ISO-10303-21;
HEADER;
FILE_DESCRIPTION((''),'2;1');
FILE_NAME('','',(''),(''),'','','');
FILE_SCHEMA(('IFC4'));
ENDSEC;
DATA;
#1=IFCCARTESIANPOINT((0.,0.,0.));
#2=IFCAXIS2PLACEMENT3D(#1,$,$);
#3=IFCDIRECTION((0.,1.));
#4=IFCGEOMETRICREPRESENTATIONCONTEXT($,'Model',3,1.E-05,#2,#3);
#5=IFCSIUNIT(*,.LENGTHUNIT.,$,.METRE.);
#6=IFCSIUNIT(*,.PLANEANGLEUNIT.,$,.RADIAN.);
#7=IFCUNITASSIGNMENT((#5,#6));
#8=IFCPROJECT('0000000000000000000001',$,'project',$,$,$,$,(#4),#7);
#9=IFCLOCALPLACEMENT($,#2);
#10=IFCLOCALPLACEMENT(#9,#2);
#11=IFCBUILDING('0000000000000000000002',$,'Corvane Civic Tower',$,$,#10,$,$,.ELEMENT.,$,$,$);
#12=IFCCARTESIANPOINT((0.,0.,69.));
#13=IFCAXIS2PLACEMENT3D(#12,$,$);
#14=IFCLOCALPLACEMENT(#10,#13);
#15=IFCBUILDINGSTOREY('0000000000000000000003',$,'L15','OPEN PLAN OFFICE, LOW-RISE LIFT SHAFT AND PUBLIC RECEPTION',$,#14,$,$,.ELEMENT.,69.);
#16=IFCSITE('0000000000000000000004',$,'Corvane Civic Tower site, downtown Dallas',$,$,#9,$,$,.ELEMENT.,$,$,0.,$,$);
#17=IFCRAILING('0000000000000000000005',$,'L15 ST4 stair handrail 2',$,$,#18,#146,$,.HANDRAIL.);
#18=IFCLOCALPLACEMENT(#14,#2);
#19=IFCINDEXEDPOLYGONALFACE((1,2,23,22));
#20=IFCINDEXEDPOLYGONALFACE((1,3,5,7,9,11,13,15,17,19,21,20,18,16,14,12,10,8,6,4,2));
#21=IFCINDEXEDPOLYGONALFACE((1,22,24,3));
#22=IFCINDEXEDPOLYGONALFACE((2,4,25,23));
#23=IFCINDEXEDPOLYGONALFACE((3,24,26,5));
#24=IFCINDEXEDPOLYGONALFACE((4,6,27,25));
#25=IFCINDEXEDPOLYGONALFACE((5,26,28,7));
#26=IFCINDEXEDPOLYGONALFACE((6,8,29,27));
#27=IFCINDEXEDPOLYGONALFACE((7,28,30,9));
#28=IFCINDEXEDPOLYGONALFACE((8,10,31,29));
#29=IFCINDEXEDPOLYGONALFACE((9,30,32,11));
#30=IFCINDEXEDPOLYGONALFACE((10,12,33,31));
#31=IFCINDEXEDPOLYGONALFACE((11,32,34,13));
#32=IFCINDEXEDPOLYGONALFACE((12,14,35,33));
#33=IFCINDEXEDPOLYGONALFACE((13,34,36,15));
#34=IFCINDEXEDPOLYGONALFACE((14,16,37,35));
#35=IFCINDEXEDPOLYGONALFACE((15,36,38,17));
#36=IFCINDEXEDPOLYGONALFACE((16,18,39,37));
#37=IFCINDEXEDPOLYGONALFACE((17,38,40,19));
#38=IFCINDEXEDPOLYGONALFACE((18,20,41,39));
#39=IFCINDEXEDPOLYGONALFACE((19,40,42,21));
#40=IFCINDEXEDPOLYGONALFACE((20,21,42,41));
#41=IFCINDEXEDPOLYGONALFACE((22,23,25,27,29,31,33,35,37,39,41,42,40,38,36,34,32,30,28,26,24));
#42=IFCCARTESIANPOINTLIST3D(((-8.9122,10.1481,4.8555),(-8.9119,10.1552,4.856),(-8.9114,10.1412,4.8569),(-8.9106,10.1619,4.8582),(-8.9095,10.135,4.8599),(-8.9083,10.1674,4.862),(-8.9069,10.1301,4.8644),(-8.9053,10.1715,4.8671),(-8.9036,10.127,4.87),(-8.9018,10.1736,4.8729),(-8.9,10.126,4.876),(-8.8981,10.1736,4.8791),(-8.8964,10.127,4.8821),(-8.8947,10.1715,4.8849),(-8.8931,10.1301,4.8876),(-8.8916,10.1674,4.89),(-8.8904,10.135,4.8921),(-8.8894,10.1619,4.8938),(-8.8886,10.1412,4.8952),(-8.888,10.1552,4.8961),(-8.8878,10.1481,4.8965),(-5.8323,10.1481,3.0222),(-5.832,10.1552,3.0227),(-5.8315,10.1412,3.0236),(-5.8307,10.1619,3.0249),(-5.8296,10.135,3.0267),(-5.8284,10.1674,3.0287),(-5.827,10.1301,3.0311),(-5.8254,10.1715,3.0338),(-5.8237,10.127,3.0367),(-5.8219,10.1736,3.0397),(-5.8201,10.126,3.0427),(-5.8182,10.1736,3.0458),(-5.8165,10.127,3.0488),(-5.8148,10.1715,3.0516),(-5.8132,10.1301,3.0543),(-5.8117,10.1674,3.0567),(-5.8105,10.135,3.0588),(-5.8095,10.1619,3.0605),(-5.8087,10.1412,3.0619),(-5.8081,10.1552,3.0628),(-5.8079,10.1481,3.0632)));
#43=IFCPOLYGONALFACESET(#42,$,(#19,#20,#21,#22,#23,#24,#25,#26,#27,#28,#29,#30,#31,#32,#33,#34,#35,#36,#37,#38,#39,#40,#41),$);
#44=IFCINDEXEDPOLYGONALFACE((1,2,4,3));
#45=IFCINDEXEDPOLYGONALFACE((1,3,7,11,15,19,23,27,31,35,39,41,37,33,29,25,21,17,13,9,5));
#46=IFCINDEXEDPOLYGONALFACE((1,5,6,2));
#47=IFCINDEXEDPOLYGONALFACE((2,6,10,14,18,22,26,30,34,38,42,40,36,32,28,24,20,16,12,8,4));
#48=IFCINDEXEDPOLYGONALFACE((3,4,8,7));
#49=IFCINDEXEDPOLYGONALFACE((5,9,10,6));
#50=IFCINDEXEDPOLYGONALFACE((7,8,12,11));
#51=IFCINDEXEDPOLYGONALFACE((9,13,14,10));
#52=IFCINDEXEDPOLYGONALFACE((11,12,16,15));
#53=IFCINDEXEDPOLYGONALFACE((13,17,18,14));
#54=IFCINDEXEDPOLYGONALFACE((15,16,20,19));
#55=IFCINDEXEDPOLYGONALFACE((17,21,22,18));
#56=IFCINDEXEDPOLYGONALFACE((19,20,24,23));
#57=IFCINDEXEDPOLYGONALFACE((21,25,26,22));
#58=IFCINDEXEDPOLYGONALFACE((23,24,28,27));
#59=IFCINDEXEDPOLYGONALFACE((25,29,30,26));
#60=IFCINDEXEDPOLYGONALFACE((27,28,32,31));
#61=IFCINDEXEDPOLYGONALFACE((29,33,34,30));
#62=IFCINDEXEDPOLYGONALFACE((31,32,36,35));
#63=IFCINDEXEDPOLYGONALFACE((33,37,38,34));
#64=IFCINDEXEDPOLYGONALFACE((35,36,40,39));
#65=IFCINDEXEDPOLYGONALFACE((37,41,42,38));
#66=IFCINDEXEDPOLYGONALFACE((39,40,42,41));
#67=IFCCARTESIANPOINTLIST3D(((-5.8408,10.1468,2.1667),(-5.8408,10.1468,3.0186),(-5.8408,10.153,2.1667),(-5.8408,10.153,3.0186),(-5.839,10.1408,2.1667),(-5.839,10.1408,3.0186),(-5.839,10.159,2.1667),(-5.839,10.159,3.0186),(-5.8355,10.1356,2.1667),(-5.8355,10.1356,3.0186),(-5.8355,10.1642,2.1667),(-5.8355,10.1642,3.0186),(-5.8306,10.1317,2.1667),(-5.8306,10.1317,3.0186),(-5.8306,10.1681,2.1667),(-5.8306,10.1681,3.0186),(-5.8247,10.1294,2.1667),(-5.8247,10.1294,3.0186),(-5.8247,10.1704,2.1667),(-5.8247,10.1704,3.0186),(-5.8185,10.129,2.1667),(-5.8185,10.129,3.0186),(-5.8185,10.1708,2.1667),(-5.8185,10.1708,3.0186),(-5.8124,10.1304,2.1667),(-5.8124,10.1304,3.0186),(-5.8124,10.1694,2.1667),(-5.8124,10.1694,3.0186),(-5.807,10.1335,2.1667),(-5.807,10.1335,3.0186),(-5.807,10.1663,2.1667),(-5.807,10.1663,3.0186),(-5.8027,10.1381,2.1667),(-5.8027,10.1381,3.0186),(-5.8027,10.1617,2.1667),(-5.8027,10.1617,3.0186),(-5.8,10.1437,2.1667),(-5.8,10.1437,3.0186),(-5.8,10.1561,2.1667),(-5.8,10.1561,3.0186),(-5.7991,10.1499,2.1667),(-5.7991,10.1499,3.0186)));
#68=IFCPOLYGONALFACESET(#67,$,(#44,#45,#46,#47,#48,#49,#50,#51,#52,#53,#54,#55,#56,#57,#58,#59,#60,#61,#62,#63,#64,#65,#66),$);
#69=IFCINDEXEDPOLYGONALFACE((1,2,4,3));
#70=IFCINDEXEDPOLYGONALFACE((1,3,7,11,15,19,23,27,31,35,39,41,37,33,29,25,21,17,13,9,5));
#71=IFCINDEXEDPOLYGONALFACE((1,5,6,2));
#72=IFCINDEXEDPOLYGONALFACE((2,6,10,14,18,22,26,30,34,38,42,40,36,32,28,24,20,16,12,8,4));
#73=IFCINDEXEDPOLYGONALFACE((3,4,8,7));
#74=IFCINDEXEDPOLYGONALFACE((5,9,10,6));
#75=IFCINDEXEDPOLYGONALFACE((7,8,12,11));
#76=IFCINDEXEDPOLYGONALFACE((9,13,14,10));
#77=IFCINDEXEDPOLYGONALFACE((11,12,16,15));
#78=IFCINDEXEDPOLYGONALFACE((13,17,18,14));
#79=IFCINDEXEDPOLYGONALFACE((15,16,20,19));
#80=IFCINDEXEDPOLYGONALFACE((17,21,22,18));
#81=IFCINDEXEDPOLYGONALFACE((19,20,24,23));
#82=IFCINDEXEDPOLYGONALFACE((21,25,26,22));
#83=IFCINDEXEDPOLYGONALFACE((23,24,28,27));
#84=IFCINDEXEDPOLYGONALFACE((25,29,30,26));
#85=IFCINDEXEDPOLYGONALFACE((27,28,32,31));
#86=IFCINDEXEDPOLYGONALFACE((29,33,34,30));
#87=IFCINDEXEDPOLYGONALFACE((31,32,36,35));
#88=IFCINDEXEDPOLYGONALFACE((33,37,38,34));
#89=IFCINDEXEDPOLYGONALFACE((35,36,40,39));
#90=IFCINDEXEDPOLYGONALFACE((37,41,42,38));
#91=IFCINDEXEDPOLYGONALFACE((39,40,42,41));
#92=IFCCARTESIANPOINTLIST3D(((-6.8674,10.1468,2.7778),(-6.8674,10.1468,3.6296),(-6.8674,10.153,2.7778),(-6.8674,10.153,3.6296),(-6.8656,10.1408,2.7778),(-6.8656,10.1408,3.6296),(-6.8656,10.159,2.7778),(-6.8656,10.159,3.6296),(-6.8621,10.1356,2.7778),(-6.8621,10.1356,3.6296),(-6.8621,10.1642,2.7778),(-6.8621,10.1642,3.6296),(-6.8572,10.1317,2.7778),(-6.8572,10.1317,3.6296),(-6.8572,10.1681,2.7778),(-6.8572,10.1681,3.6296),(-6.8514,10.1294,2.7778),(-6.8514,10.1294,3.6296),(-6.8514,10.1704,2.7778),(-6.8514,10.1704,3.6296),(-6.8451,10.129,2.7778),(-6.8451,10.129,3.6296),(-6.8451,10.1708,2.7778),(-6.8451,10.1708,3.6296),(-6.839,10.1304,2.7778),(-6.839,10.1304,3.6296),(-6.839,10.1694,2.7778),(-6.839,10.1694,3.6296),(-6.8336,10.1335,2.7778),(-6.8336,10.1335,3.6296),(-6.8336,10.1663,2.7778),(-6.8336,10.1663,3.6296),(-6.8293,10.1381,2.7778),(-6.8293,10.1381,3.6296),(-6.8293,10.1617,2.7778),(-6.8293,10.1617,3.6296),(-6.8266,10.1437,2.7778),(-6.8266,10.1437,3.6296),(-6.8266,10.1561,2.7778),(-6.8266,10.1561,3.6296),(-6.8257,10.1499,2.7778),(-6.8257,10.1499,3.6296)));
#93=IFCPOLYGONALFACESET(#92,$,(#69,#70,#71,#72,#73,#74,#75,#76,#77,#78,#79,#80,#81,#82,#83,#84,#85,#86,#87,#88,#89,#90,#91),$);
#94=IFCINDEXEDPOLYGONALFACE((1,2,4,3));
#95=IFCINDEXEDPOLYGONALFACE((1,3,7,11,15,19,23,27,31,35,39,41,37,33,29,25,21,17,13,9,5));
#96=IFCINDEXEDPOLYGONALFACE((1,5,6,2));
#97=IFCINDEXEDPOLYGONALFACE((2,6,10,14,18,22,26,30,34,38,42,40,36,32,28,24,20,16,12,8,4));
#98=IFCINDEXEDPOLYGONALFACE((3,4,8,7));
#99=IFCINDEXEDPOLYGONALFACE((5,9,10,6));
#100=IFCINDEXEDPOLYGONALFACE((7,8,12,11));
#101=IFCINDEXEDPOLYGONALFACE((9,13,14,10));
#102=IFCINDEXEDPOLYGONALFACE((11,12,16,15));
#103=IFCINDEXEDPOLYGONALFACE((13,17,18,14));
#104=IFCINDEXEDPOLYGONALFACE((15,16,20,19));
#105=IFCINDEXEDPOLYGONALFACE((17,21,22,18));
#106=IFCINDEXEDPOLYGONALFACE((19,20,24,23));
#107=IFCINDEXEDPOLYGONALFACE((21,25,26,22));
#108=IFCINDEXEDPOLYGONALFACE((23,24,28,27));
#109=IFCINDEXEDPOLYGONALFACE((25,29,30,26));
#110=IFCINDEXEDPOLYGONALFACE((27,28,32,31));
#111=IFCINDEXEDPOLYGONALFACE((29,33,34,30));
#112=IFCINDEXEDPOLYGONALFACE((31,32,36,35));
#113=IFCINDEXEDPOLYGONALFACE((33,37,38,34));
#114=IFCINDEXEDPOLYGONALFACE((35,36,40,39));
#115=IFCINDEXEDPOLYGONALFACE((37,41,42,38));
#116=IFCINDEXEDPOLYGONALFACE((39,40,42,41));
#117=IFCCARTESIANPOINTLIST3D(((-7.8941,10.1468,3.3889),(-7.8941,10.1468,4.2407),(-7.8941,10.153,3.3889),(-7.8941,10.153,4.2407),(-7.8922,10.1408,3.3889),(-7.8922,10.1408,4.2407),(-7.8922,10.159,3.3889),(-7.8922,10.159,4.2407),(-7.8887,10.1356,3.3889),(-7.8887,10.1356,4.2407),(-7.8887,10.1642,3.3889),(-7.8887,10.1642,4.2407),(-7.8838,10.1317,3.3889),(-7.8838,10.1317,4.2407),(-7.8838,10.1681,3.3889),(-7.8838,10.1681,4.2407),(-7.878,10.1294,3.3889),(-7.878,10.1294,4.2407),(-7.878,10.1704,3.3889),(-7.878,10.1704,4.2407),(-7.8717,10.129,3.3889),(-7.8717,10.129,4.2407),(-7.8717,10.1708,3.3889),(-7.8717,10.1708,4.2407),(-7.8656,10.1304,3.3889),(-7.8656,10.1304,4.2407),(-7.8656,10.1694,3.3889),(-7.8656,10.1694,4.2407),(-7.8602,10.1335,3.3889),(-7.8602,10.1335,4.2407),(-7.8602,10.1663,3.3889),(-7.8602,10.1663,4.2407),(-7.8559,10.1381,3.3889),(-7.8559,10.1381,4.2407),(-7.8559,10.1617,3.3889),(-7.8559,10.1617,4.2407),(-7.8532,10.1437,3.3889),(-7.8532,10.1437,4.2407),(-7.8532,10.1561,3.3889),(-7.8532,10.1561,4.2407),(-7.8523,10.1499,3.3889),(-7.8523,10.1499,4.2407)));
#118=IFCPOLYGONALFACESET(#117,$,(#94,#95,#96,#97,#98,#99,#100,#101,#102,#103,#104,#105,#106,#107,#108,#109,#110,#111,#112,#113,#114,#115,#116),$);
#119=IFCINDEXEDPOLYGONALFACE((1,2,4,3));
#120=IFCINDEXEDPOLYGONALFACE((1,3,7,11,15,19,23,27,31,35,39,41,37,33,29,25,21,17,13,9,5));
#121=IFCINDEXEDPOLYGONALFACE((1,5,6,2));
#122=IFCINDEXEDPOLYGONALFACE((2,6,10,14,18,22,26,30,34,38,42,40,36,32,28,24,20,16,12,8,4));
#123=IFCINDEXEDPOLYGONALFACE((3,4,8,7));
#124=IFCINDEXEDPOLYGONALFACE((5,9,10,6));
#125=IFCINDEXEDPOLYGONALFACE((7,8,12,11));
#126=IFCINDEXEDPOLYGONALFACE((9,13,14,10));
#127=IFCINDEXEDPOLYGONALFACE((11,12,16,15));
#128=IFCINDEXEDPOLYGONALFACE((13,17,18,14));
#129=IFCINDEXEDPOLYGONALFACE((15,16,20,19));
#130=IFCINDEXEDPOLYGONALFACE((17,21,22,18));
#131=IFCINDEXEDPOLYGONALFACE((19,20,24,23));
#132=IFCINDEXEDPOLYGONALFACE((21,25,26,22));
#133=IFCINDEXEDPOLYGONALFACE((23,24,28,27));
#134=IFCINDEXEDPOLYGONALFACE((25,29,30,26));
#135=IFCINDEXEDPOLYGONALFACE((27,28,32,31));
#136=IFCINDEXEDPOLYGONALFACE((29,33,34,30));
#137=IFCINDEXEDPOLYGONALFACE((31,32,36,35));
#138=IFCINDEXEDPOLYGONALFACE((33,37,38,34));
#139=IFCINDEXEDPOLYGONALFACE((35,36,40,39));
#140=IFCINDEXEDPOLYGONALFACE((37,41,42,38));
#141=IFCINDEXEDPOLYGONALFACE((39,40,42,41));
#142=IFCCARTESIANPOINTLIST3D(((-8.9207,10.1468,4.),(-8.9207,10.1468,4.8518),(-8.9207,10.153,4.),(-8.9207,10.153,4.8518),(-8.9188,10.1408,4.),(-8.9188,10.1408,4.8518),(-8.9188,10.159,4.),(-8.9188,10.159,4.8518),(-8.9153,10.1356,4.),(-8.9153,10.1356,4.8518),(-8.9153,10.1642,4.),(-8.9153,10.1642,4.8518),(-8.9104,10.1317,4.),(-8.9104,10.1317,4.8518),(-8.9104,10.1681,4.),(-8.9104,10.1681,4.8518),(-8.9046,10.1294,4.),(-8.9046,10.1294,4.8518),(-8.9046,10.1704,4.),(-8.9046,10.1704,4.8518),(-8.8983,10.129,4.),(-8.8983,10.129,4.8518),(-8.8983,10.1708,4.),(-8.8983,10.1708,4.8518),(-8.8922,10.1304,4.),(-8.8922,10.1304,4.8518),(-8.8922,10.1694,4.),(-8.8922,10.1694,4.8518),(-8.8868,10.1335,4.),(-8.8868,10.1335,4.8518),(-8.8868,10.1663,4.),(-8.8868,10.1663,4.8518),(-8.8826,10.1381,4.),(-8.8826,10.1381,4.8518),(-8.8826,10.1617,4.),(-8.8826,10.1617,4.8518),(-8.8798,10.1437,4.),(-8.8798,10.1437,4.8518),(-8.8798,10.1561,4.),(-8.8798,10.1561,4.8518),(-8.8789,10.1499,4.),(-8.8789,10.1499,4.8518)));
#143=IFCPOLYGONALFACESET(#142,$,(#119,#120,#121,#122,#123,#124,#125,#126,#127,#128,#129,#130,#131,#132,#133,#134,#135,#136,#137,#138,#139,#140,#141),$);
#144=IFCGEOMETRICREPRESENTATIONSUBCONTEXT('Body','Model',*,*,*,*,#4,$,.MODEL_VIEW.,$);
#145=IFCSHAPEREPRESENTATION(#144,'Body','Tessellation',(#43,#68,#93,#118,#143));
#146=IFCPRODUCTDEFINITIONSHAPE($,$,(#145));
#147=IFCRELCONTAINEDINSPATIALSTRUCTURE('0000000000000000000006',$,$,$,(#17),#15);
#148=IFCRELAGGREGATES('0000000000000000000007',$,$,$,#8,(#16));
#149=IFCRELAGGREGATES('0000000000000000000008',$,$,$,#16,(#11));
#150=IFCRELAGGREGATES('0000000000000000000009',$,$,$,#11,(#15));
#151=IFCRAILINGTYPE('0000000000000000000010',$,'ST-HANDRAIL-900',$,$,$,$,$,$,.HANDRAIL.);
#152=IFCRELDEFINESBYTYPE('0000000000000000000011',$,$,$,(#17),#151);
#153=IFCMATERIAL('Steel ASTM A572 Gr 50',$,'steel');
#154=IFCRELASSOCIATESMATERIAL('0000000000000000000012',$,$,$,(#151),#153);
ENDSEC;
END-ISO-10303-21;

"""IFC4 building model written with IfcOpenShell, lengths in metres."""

from ifc_helpers import new_model, si_unit, direction, frame, origin, origin_2d, place, context, subcontext, project, spatial, circle, extrude, material, type_object, element, save


model = new_model("IFC4")

# Units and contexts
model_context = context("Model", 3, precision=1e-05, world=origin(), true_north=direction((0.0, 1.0)))
body_context = subcontext(model_context, "Body", "Model", "MODEL_VIEW")
ifc_project = project(units=[si_unit("LENGTHUNIT", "METRE"), si_unit("PLANEANGLEUNIT", "RADIAN")], contexts=[model_context])

# Site, building, storey
site_placement = place(None, origin())
site = spatial("IfcSite", under=ifc_project, at=site_placement, Name="Corvane Civic Tower site, downtown Dallas", CompositionType="ELEMENT", RefElevation=0.0)
building_placement = place(site_placement, origin())
building = spatial("IfcBuilding", under=site, at=building_placement, Name="Corvane Civic Tower", CompositionType="ELEMENT")
storey_placement = place(building_placement, frame((0.0, 0.0, 69.0)))
storey = spatial("IfcBuildingStorey", under=building, at=storey_placement, Name="L15", Description="OPEN PLAN OFFICE, LOW-RISE LIFT SHAFT AND PUBLIC RECEPTION", CompositionType="ELEMENT", Elevation=69.0)

# Railing
ifc_material_1 = material(Name="Steel ASTM A572 Gr 50", Category="steel")
railing_type = type_object("IfcRailingType", Name="ST-HANDRAIL-900", PredefinedType="HANDRAIL", material=ifc_material_1)
railing_1_placement = place(storey_placement, frame((-5.8201, 10.1499, 2.1667)))
element("IfcRailing", 1, at=railing_1_placement, inside=storey, type_object=railing_type, Name="L15 ST4 stair handrail 2", PredefinedType="HANDRAIL", context=body_context, shape_type="SweptSolid", body=[
    extrude(circle(Radius=0.0239, at=origin_2d()), frame((0.0, 0.0, 0.876), z_axis=(-0.859291, 0.0, 0.511487), x_axis=(0.0, -1.0, 0.0)), (0.0, 0.0, 1.0), 3.5842),
    extrude(circle(Radius=0.021, at=origin_2d()), origin(), (0.0, 0.0, 1.0), 0.8518),
    extrude(circle(Radius=0.021, at=origin_2d()), frame((-1.0266, 0.0, 0.6111)), (0.0, 0.0, 1.0), 0.8518),
    extrude(circle(Radius=0.021, at=origin_2d()), frame((-2.0532, 0.0, 1.2222)), (0.0, 0.0, 1.0), 0.8518),
    extrude(circle(Radius=0.021, at=origin_2d()), frame((-3.0798, 0.0, 1.8333)), (0.0, 0.0, 1.0), 0.8518),
])

save(model, "model.ifc")
